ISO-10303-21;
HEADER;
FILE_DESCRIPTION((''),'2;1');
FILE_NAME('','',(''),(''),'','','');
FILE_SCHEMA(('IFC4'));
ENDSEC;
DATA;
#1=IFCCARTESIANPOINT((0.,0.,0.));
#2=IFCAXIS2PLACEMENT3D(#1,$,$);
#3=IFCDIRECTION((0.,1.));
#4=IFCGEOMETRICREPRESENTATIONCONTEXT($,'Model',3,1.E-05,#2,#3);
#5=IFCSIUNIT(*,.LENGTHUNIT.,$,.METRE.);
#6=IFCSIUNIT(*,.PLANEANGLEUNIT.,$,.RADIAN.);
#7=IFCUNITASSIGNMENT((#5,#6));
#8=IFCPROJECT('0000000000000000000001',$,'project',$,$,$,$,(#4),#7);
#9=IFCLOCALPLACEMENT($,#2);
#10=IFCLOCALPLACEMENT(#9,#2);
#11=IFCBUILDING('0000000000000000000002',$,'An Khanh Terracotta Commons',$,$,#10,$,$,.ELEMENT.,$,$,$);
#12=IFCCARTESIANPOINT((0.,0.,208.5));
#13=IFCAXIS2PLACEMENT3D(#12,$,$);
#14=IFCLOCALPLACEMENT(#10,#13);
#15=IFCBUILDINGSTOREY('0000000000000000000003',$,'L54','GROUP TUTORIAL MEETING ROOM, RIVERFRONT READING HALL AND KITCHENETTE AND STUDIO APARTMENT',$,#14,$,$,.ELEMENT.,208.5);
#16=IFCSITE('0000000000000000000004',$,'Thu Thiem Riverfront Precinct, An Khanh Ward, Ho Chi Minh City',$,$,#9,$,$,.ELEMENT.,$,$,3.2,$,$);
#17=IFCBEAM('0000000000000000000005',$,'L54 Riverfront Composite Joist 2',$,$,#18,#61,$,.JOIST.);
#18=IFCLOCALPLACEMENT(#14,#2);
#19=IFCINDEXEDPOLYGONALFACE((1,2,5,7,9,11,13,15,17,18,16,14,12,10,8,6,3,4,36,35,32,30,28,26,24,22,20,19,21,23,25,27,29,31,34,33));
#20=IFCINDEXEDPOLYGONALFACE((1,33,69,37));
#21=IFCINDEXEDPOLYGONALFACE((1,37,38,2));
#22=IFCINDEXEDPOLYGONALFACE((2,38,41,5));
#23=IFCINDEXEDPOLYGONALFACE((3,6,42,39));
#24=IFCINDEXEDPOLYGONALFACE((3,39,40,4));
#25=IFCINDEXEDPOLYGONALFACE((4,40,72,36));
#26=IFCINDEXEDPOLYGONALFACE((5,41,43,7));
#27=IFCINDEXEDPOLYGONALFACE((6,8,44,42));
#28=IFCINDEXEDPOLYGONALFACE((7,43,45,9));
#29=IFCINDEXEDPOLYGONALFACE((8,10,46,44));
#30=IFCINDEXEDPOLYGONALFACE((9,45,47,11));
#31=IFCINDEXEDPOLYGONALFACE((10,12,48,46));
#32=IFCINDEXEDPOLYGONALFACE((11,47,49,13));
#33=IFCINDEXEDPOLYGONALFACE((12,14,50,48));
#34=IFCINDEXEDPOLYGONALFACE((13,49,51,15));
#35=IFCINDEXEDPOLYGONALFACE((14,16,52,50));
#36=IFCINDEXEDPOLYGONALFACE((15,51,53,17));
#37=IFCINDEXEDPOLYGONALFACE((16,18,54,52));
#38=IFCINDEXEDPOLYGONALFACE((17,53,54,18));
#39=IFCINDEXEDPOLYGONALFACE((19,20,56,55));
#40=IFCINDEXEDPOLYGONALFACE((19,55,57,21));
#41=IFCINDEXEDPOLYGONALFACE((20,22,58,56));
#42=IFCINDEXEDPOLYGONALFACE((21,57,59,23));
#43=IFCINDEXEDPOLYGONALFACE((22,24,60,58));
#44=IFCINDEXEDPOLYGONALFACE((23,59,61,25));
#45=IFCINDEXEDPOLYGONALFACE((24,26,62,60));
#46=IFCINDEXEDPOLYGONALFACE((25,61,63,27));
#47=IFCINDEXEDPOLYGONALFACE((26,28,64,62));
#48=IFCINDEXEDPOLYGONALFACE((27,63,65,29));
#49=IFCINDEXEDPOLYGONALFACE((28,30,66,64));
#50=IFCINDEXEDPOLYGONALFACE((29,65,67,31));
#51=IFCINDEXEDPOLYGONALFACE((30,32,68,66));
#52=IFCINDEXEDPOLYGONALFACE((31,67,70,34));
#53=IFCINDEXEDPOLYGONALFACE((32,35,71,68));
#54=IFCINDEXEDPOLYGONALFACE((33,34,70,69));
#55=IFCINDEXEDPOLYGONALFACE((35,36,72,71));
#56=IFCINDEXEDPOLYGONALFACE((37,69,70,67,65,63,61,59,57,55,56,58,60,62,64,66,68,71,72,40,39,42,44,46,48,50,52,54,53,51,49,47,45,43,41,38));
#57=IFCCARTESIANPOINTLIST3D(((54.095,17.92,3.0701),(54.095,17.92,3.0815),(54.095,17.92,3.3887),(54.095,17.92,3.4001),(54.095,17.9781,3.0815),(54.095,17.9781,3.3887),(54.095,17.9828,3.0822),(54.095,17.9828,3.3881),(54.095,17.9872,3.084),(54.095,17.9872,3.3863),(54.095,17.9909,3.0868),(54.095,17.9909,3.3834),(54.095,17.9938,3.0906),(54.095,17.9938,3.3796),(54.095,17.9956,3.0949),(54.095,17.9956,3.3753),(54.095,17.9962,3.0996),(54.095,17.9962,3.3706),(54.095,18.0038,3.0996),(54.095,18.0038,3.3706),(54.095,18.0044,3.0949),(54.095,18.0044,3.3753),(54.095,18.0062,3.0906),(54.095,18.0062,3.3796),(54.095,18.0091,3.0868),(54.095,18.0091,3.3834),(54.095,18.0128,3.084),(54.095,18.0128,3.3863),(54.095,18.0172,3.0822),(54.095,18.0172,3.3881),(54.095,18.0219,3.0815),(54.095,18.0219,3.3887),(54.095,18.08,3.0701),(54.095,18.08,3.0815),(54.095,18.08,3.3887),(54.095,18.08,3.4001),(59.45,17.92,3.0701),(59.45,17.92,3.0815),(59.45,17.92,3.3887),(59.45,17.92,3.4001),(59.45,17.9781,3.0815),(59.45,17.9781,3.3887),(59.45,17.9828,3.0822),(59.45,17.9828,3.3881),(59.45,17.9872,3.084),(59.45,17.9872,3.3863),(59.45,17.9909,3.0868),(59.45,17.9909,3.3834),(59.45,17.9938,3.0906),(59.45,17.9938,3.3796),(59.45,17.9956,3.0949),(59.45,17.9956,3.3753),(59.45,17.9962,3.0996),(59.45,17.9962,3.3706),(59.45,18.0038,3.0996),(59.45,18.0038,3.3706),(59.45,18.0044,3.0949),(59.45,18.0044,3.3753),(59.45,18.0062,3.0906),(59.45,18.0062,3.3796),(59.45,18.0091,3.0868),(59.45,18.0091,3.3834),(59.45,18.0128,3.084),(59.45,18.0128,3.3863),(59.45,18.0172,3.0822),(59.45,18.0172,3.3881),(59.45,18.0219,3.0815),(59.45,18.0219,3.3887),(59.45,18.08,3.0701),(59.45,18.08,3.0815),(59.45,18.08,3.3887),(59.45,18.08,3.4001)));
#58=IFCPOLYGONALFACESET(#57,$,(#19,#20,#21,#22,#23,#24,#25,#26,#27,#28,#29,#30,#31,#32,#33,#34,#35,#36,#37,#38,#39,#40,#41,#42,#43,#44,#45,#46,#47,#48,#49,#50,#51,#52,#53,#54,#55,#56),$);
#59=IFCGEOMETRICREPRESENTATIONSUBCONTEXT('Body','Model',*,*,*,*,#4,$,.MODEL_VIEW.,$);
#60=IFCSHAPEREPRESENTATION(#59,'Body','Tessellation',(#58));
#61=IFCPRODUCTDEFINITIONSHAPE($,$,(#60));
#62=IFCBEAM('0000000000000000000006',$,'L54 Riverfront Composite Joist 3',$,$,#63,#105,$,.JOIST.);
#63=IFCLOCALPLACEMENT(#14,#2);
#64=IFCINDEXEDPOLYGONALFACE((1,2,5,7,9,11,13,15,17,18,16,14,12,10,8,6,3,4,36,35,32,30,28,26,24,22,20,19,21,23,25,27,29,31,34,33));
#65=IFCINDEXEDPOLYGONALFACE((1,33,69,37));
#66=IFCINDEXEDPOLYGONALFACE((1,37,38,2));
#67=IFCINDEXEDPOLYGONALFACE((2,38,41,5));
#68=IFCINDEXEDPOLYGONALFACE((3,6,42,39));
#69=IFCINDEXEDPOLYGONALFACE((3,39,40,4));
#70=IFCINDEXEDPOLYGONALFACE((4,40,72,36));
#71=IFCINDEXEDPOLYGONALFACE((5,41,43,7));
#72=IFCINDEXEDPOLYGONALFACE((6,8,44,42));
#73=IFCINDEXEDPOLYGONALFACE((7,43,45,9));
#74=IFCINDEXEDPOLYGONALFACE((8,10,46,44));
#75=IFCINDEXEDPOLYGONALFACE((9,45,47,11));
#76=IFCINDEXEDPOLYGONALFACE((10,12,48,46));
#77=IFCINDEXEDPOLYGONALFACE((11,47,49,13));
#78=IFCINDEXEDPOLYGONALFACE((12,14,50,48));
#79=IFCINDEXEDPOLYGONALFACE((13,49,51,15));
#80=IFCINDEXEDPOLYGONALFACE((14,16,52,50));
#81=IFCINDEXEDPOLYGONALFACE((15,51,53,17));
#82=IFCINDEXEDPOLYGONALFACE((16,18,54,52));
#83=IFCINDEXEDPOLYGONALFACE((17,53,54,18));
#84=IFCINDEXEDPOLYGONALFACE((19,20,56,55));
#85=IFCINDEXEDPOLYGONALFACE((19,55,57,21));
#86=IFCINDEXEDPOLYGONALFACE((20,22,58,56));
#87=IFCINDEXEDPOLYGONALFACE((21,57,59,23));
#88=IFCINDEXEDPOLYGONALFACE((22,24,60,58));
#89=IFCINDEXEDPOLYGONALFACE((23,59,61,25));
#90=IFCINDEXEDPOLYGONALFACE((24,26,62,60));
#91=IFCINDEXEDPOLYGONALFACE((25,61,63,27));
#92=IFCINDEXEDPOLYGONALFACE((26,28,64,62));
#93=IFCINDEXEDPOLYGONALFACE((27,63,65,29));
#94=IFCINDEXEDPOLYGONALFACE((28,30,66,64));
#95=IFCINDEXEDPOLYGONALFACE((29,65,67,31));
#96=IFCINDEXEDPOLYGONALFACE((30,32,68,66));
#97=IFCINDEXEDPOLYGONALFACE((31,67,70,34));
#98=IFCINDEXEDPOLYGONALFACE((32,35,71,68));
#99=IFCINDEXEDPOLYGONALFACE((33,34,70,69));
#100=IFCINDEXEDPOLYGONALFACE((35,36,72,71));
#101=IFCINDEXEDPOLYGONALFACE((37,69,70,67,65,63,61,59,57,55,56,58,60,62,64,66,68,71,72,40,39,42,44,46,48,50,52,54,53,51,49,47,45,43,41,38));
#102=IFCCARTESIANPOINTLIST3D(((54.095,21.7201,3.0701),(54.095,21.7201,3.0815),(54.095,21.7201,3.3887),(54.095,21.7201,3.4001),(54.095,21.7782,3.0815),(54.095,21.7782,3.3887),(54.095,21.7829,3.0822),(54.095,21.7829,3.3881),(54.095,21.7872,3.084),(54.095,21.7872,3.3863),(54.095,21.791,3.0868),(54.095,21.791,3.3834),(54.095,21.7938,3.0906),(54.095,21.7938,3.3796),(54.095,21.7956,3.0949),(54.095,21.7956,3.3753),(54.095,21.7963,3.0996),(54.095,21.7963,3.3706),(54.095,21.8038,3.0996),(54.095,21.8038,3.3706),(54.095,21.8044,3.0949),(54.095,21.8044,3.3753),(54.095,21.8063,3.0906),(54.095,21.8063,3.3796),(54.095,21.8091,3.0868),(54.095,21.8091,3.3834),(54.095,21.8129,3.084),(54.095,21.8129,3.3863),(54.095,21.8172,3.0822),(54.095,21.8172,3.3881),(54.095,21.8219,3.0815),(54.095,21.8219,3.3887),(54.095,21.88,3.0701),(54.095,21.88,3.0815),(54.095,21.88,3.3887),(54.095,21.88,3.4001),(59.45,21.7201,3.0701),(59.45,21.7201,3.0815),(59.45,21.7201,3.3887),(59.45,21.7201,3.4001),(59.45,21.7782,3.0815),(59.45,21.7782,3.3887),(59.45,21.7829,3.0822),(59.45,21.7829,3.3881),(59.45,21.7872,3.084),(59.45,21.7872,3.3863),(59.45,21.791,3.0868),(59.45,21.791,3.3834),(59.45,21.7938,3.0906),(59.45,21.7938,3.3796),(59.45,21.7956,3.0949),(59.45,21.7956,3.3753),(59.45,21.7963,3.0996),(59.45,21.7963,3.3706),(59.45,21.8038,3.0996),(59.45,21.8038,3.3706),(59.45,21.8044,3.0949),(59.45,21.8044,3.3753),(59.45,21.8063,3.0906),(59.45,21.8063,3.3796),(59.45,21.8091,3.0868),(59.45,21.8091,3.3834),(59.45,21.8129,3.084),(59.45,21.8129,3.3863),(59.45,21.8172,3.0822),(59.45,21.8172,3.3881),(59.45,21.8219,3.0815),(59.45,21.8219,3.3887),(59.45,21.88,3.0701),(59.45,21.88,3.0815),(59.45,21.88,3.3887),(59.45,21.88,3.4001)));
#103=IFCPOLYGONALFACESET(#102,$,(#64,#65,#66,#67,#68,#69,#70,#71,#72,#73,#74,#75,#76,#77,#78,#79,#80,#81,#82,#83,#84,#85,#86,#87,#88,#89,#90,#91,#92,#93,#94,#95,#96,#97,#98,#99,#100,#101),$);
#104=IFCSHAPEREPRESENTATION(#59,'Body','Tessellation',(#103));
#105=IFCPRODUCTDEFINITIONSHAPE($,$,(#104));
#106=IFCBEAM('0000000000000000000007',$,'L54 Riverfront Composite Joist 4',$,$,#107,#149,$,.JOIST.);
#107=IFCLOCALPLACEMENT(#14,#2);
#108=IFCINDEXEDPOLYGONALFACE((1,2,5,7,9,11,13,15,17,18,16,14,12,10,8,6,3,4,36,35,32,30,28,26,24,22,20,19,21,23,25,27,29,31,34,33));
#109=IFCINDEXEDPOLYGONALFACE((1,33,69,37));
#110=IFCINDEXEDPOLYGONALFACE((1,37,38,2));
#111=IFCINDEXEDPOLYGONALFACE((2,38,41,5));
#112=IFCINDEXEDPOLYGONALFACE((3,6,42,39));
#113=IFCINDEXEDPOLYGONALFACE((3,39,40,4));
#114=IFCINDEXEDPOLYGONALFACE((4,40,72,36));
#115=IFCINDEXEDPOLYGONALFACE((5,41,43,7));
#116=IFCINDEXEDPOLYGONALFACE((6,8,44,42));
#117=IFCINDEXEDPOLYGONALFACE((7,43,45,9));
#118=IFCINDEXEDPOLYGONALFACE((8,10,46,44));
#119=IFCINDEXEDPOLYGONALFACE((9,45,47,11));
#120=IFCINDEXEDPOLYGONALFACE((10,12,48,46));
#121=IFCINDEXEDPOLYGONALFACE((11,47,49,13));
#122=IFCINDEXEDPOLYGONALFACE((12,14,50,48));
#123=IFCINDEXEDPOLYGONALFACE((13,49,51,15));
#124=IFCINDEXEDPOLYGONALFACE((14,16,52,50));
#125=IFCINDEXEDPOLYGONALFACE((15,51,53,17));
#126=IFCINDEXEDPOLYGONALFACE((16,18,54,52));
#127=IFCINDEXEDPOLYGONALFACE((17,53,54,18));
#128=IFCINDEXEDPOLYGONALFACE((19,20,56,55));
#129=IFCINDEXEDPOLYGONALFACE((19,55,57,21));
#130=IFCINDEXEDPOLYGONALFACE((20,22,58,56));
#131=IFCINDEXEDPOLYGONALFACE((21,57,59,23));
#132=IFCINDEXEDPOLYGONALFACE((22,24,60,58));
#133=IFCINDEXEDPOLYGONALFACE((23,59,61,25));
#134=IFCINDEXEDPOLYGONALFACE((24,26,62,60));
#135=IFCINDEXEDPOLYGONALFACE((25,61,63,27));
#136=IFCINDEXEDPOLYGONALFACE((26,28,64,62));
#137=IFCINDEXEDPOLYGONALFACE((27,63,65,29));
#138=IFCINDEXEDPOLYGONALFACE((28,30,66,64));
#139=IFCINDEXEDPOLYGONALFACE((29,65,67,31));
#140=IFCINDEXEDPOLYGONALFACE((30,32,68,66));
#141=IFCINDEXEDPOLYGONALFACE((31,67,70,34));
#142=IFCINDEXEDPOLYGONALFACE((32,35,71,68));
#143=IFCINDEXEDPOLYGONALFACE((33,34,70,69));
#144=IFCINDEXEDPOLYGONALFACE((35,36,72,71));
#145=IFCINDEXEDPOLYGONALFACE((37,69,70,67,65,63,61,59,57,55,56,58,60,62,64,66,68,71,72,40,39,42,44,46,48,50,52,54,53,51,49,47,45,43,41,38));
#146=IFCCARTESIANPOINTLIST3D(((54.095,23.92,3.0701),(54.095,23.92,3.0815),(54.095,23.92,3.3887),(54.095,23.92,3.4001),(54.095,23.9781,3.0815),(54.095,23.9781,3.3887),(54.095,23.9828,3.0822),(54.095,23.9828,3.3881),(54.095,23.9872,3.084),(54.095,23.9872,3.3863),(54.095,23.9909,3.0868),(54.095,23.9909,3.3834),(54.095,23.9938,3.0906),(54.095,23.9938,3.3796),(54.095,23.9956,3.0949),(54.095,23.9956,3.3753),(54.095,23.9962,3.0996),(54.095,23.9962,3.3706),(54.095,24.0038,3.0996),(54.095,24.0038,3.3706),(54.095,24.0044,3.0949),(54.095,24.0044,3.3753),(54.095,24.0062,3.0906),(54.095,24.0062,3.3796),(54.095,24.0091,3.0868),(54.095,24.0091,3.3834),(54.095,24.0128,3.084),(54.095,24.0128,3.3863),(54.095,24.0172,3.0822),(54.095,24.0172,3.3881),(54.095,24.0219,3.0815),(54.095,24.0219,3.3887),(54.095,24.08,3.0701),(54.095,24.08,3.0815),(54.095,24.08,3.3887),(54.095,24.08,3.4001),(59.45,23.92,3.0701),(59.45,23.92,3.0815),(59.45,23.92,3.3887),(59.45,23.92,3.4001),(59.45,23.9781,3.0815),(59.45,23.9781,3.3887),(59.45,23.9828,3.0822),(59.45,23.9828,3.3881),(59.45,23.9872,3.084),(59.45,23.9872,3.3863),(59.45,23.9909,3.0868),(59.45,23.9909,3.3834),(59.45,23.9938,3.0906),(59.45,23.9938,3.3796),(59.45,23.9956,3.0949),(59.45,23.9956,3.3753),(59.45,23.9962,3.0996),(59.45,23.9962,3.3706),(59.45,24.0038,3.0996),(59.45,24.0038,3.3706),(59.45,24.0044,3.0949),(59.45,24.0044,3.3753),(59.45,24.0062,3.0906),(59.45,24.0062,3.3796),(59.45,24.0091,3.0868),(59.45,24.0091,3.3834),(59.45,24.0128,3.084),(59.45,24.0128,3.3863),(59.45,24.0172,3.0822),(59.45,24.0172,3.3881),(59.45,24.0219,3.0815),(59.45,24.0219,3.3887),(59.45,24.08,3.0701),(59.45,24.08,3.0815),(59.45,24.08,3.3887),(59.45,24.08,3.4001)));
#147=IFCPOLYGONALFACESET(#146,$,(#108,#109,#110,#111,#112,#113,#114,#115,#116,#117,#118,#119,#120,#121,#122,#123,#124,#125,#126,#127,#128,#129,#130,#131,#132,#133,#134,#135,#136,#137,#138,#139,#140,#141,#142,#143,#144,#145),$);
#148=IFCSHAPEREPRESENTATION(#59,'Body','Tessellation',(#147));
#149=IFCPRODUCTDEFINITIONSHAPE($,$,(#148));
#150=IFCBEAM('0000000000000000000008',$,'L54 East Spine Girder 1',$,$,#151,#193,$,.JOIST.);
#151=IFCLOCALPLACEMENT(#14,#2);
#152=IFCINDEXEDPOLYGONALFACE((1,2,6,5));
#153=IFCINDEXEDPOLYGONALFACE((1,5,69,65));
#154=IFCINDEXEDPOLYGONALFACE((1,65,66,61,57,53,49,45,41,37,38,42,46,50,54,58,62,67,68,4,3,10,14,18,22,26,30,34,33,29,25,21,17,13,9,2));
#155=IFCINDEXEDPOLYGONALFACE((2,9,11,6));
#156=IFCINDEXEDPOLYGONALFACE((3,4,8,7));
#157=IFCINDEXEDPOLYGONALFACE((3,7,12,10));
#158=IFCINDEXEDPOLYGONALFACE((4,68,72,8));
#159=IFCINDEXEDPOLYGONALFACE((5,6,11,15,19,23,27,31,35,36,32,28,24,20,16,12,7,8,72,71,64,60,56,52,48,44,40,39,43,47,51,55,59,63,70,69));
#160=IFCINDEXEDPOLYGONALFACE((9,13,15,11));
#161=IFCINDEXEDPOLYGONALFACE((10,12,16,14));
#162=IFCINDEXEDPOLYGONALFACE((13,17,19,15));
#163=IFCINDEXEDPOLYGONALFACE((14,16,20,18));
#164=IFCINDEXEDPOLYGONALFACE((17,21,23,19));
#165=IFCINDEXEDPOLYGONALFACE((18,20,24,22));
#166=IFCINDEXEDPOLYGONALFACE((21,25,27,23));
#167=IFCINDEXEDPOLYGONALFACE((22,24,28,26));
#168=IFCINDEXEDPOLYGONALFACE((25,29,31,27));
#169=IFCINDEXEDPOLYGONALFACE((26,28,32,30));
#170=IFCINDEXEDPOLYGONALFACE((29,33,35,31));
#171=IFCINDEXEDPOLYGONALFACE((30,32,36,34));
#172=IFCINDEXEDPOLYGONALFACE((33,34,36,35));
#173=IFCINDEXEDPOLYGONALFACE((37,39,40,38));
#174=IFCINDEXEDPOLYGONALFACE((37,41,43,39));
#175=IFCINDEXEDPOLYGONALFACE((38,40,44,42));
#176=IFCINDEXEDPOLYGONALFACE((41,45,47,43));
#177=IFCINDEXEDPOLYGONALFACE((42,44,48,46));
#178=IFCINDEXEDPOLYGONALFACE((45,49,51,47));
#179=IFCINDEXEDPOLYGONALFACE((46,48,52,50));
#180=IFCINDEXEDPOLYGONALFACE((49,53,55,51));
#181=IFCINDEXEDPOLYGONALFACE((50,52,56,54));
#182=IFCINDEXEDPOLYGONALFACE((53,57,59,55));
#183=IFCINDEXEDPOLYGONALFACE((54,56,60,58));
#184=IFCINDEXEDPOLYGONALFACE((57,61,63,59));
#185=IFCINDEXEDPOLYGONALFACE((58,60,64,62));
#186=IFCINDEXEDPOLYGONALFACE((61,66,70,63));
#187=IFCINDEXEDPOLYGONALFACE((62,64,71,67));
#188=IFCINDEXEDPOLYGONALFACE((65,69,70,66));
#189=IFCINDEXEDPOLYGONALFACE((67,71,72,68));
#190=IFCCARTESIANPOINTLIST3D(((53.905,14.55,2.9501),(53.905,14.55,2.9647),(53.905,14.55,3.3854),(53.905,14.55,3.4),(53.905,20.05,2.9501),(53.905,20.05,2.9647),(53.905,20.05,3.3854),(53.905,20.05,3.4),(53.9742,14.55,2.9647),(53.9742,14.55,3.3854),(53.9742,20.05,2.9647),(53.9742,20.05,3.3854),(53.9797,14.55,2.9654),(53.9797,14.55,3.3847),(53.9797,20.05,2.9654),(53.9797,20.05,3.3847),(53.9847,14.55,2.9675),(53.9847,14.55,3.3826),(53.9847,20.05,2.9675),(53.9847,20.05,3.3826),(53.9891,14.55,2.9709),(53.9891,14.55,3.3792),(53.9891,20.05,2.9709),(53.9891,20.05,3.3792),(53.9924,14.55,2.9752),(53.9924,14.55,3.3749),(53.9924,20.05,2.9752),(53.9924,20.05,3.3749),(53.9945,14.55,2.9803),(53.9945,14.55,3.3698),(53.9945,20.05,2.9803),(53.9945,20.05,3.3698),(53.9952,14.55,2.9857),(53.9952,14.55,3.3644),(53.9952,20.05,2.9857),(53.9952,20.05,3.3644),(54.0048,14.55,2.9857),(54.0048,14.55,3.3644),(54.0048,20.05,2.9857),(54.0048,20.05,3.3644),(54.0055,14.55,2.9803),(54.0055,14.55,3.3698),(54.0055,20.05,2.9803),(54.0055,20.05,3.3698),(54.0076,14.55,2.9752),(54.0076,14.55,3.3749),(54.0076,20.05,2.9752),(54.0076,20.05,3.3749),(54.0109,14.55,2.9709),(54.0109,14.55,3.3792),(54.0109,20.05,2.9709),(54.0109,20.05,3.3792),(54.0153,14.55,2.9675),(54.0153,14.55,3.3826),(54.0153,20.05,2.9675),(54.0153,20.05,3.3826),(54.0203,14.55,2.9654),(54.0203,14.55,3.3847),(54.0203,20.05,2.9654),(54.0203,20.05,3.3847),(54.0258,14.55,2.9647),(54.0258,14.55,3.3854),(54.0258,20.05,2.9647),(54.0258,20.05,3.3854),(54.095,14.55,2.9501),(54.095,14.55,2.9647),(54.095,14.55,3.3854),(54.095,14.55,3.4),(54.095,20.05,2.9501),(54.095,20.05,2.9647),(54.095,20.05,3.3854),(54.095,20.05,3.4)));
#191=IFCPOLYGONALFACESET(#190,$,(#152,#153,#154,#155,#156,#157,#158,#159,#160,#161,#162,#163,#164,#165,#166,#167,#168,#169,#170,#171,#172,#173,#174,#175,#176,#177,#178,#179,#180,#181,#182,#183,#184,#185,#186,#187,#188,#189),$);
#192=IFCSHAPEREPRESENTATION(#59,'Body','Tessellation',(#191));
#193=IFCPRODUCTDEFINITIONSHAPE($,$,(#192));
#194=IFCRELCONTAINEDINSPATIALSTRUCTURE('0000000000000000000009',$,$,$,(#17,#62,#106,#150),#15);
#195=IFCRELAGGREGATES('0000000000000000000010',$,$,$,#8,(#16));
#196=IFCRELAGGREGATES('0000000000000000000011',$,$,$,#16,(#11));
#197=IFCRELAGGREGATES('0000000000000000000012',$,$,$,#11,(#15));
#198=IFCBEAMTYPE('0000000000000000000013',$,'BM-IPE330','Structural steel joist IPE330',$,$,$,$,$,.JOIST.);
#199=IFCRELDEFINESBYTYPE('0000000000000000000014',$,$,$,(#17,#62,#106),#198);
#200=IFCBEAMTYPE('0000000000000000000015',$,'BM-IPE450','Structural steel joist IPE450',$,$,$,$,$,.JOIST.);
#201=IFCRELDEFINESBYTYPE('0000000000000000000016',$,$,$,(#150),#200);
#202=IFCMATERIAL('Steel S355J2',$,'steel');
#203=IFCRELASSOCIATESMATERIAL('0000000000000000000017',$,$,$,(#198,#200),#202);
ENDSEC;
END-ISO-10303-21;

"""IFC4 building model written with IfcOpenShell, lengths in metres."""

from ifc_helpers import new_model, si_unit, direction, frame, origin, origin_2d, place, context, subcontext, project, spatial, i_section, extrude, material, material_profile, profile_set, type_object, element, save


model = new_model("IFC4")

# Units and contexts
model_context = context("Model", 3, precision=1e-05, world=origin(), true_north=direction((0.0, 1.0)))
body_context = subcontext(model_context, "Body", "Model", "MODEL_VIEW")
ifc_project = project(units=[si_unit("LENGTHUNIT", "METRE"), si_unit("PLANEANGLEUNIT", "RADIAN")], contexts=[model_context])

# Site, building, storey
site_placement = place(None, origin())
site = spatial("IfcSite", under=ifc_project, at=site_placement, Name="Thu Thiem Riverfront Precinct, An Khanh Ward, Ho Chi Minh City", CompositionType="ELEMENT", RefElevation=3.2)
building_placement = place(site_placement, origin())
building = spatial("IfcBuilding", under=site, at=building_placement, Name="An Khanh Terracotta Commons", CompositionType="ELEMENT")
storey_placement = place(building_placement, frame((0.0, 0.0, 208.5)))
storey = spatial("IfcBuildingStorey", under=building, at=storey_placement, Name="L54", Description="GROUP TUTORIAL MEETING ROOM, RIVERFRONT READING HALL AND KITCHENETTE AND STUDIO APARTMENT", CompositionType="ELEMENT", Elevation=208.5)

# Beams
ifc_material_1 = material(Name="Steel S355J2", Category="steel")
ifc_material_profile_1 = material_profile(ifc_material_1, i_section(OverallWidth=0.1599, OverallDepth=0.3301, WebThickness=0.0076, FlangeThickness=0.0115, FilletRadius=0.0181, at=origin_2d()), Name="IPE330")
ifc_profile_set_1 = profile_set([ifc_material_profile_1], Name="Steel S355J2")
beam_type_1 = type_object("IfcBeamType", Name="BM-IPE330", Description="Structural steel joist IPE330", PredefinedType="JOIST", material=ifc_profile_set_1)
for number, where, z_axis, x_axis, name in (
    (1, (54.095, 18.0, 3.2351), (1.0, 0.0, 0.0), (0.0, 1.0, 0.0), "L54 Riverfront Composite Joist 2"),
    (2, (54.095, 21.8, 3.2351), (1.0, 0.0, 0.0), (0.0, 1.0, 0.0), "L54 Riverfront Composite Joist 3"),
    (3, (54.095, 24.0, 3.2351), (1.0, 0.0, 0.0), (0.0, 1.0, 0.0), "L54 Riverfront Composite Joist 4"),
):
    element("IfcBeam", number, at=place(storey_placement, frame(where, z_axis=z_axis, x_axis=x_axis)), inside=storey, type_object=beam_type_1, Name=name, PredefinedType="JOIST", context=body_context, shape_type="SweptSolid", body=[
        extrude(i_section(OverallWidth=0.1599, OverallDepth=0.3301, WebThickness=0.0076, FlangeThickness=0.0115, FilletRadius=0.0181, at=origin_2d()), origin(), (0.0, 0.0, 1.0), 5.355),
    ])
ifc_material_profile_2 = material_profile(ifc_material_1, i_section(OverallWidth=0.1899, OverallDepth=0.45, WebThickness=0.0095, FlangeThickness=0.0146, FilletRadius=0.021, at=origin_2d()), Name="IPE450")
ifc_profile_set_2 = profile_set([ifc_material_profile_2], Name="Steel S355J2")
beam_type_2 = type_object("IfcBeamType", Name="BM-IPE450", Description="Structural steel joist IPE450", PredefinedType="JOIST", material=ifc_profile_set_2)
beam_1_placement = place(storey_placement, frame((54.0, 14.55, 3.175), z_axis=(0.0, 1.0, 0.0), x_axis=(-1.0, 0.0, 0.0)))
element("IfcBeam", 4, at=beam_1_placement, inside=storey, type_object=beam_type_2, Name="L54 East Spine Girder 1", PredefinedType="JOIST", context=body_context, shape_type="SweptSolid", body=[
    extrude(i_section(OverallWidth=0.1899, OverallDepth=0.45, WebThickness=0.0095, FlangeThickness=0.0146, FilletRadius=0.021, at=origin_2d()), origin(), (0.0, 0.0, 1.0), 5.5),
])

save(model, "model.ifc")
